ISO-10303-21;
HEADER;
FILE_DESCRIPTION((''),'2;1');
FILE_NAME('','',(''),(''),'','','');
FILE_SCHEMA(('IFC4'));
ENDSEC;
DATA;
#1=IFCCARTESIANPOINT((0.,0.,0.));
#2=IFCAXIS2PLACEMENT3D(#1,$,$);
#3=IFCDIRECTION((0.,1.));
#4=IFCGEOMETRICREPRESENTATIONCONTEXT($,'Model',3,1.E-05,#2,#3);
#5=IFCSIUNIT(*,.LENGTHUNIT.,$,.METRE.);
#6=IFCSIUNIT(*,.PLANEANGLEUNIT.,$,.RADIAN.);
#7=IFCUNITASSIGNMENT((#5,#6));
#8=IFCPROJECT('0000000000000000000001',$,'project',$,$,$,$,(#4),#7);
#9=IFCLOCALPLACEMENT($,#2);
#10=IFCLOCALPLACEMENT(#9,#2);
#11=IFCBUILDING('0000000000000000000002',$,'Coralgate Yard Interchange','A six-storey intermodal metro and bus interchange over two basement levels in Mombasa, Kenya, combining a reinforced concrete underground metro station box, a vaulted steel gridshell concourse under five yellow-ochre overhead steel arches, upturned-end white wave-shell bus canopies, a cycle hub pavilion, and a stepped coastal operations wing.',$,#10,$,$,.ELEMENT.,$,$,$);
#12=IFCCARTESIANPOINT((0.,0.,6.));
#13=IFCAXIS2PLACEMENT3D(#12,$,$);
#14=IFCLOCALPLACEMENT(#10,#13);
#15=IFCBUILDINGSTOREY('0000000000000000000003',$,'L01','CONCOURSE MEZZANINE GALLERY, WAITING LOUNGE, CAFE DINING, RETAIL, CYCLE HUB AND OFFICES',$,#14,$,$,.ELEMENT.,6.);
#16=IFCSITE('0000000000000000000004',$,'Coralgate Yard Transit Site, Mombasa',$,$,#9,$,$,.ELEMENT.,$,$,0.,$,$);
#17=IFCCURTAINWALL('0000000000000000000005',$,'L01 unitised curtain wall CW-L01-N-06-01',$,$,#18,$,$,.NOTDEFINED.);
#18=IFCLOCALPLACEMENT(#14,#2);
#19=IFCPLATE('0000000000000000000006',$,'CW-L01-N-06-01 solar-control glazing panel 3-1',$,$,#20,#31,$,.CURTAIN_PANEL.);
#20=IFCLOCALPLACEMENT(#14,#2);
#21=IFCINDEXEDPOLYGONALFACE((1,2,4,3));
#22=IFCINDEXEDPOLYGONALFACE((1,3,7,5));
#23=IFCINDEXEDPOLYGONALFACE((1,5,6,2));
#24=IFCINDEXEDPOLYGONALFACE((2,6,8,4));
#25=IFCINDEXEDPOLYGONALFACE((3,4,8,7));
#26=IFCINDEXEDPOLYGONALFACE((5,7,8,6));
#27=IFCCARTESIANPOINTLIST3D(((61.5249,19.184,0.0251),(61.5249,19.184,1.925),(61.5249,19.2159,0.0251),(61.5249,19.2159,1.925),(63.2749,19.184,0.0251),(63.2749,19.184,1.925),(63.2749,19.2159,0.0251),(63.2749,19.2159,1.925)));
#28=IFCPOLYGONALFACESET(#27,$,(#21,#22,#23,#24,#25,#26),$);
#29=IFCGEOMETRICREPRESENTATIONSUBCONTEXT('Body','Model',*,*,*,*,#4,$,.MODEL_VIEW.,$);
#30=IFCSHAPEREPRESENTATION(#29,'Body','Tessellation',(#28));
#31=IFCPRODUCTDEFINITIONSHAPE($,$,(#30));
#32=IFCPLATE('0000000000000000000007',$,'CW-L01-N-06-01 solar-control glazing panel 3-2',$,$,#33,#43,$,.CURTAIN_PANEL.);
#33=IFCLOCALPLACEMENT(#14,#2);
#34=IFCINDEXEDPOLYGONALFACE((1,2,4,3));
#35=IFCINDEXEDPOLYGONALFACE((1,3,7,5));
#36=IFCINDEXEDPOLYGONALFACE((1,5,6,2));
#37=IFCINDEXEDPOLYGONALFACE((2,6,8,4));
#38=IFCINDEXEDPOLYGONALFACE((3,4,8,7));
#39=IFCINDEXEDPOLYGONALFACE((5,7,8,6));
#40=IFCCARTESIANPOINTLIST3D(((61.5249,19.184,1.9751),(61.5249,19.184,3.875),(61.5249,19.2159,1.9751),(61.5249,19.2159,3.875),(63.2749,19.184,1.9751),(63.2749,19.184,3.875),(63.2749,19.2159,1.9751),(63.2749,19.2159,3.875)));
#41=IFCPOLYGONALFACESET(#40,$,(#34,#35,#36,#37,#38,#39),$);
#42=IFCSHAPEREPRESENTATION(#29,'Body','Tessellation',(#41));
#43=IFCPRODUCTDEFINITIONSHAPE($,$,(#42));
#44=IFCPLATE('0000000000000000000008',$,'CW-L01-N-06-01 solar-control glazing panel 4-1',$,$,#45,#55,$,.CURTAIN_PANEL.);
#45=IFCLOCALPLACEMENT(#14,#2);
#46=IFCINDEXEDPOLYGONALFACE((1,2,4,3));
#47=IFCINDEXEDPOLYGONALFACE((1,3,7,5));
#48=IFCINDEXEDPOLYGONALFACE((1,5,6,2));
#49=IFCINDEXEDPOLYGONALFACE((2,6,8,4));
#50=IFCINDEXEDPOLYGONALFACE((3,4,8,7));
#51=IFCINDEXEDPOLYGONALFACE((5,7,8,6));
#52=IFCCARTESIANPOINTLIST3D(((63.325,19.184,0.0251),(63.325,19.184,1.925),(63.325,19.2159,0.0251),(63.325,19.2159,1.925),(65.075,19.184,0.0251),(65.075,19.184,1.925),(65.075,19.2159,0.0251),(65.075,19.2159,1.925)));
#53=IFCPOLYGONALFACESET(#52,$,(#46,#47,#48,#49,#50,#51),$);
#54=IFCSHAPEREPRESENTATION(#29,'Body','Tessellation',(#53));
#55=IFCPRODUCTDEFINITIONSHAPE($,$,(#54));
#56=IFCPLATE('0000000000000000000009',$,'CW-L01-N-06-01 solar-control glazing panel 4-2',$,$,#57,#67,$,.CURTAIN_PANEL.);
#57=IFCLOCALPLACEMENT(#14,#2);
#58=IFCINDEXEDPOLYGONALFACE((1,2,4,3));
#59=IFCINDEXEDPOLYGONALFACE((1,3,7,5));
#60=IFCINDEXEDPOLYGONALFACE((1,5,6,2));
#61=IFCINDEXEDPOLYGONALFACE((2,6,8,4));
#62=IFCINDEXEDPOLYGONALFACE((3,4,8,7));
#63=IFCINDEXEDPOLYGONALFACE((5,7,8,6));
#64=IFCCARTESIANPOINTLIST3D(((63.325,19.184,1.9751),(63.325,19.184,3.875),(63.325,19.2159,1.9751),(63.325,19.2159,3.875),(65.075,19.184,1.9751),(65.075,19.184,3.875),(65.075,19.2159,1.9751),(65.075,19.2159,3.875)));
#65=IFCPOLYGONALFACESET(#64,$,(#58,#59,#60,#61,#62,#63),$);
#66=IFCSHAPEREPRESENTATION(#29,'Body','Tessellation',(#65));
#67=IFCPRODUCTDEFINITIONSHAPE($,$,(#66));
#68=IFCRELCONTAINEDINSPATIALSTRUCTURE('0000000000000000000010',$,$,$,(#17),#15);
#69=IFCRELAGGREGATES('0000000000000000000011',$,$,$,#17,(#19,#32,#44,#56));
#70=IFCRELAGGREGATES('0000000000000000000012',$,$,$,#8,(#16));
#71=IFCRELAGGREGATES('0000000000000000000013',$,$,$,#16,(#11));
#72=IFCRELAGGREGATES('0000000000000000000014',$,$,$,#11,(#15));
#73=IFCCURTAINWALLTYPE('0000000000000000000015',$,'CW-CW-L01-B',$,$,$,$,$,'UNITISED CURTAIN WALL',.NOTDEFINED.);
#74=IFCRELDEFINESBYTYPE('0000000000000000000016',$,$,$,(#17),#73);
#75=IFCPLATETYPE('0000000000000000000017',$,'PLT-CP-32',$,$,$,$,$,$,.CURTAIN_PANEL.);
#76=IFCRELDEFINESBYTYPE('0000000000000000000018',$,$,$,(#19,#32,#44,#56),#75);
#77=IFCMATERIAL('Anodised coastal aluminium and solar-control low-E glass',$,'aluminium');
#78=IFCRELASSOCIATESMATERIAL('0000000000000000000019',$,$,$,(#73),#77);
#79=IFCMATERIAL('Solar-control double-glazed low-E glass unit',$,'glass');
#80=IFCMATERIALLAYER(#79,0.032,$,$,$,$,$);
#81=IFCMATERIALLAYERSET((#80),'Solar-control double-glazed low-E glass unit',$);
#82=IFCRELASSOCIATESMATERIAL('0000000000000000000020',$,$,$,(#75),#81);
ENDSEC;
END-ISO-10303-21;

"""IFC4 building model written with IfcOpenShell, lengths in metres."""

from ifc_helpers import new_model, si_unit, direction, frame, origin, origin_2d, place, context, subcontext, project, spatial, rectangle, extrude, material, layer, layer_set, type_object, element, aggregate, save


model = new_model("IFC4")

# Units and contexts
model_context = context("Model", 3, precision=1e-05, world=origin(), true_north=direction((0.0, 1.0)))
body_context = subcontext(model_context, "Body", "Model", "MODEL_VIEW")
ifc_project = project(units=[si_unit("LENGTHUNIT", "METRE"), si_unit("PLANEANGLEUNIT", "RADIAN")], contexts=[model_context])

# Site, building, storey
site_placement = place(None, origin())
site = spatial("IfcSite", under=ifc_project, at=site_placement, Name="Coralgate Yard Transit Site, Mombasa", CompositionType="ELEMENT", RefElevation=0.0)
building_placement = place(site_placement, origin())
building = spatial("IfcBuilding", under=site, at=building_placement, Name="Coralgate Yard Interchange", Description="A six-storey intermodal metro and bus interchange over two basement levels in Mombasa, Kenya, combining a reinforced concrete underground metro station box, a vaulted steel gridshell concourse under five yellow-ochre overhead steel arches, upturned-end white wave-shell bus canopies, a cycle hub pavilion, and a stepped coastal operations wing.", CompositionType="ELEMENT")
storey_placement = place(building_placement, frame((0.0, 0.0, 6.0)))
storey = spatial("IfcBuildingStorey", under=building, at=storey_placement, Name="L01", Description="CONCOURSE MEZZANINE GALLERY, WAITING LOUNGE, CAFE DINING, RETAIL, CYCLE HUB AND OFFICES", CompositionType="ELEMENT", Elevation=6.0)

# Curtain wall, plates
ifc_material_1 = material(Name="Anodised coastal aluminium and solar-control low-E glass", Category="aluminium")
curtain_wall_type = type_object("IfcCurtainWallType", Name="CW-CW-L01-B", ElementType="UNITISED CURTAIN WALL", PredefinedType="NOTDEFINED", material=ifc_material_1)
curtain_wall_placement = place(storey_placement, origin())
curtain_wall = element("IfcCurtainWall", 1, at=curtain_wall_placement, inside=storey, type_object=curtain_wall_type, Name="L01 unitised curtain wall CW-L01-N-06-01", PredefinedType="NOTDEFINED")
ifc_material_2 = material(Name="Solar-control double-glazed low-E glass unit", Category="glass")
ifc_layer = layer(ifc_material_2, 0.032)
ifc_layer_set = layer_set([ifc_layer], Name="Solar-control double-glazed low-E glass unit")
plate_type = type_object("IfcPlateType", Name="PLT-CP-32", PredefinedType="CURTAIN_PANEL", material=ifc_layer_set)
plate_1_placement = place(storey_placement, frame((62.3999, 19.2, 0.0251), z_axis=(0.0, 0.0, 1.0), x_axis=(1.0, 0.0, 0.0)))
plate_1 = element("IfcPlate", 2, at=plate_1_placement, type_object=plate_type, Name="CW-L01-N-06-01 solar-control glazing panel 3-1", PredefinedType="CURTAIN_PANEL", context=body_context, shape_type="SweptSolid", body=[
    extrude(rectangle(XDim=1.75, YDim=0.032, at=origin_2d()), origin(), (0.0, 0.0, 1.0), 1.8999),
])
plate_2_placement = place(storey_placement, frame((62.3999, 19.2, 1.9751), z_axis=(0.0, 0.0, 1.0), x_axis=(1.0, 0.0, 0.0)))
plate_2 = element("IfcPlate", 3, at=plate_2_placement, type_object=plate_type, Name="CW-L01-N-06-01 solar-control glazing panel 3-2", PredefinedType="CURTAIN_PANEL", context=body_context, shape_type="SweptSolid", body=[
    extrude(rectangle(XDim=1.75, YDim=0.032, at=origin_2d()), origin(), (0.0, 0.0, 1.0), 1.8999),
])
plate_3_placement = place(storey_placement, frame((64.2, 19.2, 0.0251), z_axis=(0.0, 0.0, 1.0), x_axis=(1.0, 0.0, 0.0)))
plate_3 = element("IfcPlate", 4, at=plate_3_placement, type_object=plate_type, Name="CW-L01-N-06-01 solar-control glazing panel 4-1", PredefinedType="CURTAIN_PANEL", context=body_context, shape_type="SweptSolid", body=[
    extrude(rectangle(XDim=1.75, YDim=0.032, at=origin_2d()), origin(), (0.0, 0.0, 1.0), 1.8999),
])
plate_4_placement = place(storey_placement, frame((64.2, 19.2, 1.9751), z_axis=(0.0, 0.0, 1.0), x_axis=(1.0, 0.0, 0.0)))
plate_4 = element("IfcPlate", 5, at=plate_4_placement, type_object=plate_type, Name="CW-L01-N-06-01 solar-control glazing panel 4-2", PredefinedType="CURTAIN_PANEL", context=body_context, shape_type="SweptSolid", body=[
    extrude(rectangle(XDim=1.75, YDim=0.032, at=origin_2d()), origin(), (0.0, 0.0, 1.0), 1.8999),
])
aggregate(curtain_wall, [plate_1, plate_2, plate_3, plate_4])

save(model, "model.ifc")
